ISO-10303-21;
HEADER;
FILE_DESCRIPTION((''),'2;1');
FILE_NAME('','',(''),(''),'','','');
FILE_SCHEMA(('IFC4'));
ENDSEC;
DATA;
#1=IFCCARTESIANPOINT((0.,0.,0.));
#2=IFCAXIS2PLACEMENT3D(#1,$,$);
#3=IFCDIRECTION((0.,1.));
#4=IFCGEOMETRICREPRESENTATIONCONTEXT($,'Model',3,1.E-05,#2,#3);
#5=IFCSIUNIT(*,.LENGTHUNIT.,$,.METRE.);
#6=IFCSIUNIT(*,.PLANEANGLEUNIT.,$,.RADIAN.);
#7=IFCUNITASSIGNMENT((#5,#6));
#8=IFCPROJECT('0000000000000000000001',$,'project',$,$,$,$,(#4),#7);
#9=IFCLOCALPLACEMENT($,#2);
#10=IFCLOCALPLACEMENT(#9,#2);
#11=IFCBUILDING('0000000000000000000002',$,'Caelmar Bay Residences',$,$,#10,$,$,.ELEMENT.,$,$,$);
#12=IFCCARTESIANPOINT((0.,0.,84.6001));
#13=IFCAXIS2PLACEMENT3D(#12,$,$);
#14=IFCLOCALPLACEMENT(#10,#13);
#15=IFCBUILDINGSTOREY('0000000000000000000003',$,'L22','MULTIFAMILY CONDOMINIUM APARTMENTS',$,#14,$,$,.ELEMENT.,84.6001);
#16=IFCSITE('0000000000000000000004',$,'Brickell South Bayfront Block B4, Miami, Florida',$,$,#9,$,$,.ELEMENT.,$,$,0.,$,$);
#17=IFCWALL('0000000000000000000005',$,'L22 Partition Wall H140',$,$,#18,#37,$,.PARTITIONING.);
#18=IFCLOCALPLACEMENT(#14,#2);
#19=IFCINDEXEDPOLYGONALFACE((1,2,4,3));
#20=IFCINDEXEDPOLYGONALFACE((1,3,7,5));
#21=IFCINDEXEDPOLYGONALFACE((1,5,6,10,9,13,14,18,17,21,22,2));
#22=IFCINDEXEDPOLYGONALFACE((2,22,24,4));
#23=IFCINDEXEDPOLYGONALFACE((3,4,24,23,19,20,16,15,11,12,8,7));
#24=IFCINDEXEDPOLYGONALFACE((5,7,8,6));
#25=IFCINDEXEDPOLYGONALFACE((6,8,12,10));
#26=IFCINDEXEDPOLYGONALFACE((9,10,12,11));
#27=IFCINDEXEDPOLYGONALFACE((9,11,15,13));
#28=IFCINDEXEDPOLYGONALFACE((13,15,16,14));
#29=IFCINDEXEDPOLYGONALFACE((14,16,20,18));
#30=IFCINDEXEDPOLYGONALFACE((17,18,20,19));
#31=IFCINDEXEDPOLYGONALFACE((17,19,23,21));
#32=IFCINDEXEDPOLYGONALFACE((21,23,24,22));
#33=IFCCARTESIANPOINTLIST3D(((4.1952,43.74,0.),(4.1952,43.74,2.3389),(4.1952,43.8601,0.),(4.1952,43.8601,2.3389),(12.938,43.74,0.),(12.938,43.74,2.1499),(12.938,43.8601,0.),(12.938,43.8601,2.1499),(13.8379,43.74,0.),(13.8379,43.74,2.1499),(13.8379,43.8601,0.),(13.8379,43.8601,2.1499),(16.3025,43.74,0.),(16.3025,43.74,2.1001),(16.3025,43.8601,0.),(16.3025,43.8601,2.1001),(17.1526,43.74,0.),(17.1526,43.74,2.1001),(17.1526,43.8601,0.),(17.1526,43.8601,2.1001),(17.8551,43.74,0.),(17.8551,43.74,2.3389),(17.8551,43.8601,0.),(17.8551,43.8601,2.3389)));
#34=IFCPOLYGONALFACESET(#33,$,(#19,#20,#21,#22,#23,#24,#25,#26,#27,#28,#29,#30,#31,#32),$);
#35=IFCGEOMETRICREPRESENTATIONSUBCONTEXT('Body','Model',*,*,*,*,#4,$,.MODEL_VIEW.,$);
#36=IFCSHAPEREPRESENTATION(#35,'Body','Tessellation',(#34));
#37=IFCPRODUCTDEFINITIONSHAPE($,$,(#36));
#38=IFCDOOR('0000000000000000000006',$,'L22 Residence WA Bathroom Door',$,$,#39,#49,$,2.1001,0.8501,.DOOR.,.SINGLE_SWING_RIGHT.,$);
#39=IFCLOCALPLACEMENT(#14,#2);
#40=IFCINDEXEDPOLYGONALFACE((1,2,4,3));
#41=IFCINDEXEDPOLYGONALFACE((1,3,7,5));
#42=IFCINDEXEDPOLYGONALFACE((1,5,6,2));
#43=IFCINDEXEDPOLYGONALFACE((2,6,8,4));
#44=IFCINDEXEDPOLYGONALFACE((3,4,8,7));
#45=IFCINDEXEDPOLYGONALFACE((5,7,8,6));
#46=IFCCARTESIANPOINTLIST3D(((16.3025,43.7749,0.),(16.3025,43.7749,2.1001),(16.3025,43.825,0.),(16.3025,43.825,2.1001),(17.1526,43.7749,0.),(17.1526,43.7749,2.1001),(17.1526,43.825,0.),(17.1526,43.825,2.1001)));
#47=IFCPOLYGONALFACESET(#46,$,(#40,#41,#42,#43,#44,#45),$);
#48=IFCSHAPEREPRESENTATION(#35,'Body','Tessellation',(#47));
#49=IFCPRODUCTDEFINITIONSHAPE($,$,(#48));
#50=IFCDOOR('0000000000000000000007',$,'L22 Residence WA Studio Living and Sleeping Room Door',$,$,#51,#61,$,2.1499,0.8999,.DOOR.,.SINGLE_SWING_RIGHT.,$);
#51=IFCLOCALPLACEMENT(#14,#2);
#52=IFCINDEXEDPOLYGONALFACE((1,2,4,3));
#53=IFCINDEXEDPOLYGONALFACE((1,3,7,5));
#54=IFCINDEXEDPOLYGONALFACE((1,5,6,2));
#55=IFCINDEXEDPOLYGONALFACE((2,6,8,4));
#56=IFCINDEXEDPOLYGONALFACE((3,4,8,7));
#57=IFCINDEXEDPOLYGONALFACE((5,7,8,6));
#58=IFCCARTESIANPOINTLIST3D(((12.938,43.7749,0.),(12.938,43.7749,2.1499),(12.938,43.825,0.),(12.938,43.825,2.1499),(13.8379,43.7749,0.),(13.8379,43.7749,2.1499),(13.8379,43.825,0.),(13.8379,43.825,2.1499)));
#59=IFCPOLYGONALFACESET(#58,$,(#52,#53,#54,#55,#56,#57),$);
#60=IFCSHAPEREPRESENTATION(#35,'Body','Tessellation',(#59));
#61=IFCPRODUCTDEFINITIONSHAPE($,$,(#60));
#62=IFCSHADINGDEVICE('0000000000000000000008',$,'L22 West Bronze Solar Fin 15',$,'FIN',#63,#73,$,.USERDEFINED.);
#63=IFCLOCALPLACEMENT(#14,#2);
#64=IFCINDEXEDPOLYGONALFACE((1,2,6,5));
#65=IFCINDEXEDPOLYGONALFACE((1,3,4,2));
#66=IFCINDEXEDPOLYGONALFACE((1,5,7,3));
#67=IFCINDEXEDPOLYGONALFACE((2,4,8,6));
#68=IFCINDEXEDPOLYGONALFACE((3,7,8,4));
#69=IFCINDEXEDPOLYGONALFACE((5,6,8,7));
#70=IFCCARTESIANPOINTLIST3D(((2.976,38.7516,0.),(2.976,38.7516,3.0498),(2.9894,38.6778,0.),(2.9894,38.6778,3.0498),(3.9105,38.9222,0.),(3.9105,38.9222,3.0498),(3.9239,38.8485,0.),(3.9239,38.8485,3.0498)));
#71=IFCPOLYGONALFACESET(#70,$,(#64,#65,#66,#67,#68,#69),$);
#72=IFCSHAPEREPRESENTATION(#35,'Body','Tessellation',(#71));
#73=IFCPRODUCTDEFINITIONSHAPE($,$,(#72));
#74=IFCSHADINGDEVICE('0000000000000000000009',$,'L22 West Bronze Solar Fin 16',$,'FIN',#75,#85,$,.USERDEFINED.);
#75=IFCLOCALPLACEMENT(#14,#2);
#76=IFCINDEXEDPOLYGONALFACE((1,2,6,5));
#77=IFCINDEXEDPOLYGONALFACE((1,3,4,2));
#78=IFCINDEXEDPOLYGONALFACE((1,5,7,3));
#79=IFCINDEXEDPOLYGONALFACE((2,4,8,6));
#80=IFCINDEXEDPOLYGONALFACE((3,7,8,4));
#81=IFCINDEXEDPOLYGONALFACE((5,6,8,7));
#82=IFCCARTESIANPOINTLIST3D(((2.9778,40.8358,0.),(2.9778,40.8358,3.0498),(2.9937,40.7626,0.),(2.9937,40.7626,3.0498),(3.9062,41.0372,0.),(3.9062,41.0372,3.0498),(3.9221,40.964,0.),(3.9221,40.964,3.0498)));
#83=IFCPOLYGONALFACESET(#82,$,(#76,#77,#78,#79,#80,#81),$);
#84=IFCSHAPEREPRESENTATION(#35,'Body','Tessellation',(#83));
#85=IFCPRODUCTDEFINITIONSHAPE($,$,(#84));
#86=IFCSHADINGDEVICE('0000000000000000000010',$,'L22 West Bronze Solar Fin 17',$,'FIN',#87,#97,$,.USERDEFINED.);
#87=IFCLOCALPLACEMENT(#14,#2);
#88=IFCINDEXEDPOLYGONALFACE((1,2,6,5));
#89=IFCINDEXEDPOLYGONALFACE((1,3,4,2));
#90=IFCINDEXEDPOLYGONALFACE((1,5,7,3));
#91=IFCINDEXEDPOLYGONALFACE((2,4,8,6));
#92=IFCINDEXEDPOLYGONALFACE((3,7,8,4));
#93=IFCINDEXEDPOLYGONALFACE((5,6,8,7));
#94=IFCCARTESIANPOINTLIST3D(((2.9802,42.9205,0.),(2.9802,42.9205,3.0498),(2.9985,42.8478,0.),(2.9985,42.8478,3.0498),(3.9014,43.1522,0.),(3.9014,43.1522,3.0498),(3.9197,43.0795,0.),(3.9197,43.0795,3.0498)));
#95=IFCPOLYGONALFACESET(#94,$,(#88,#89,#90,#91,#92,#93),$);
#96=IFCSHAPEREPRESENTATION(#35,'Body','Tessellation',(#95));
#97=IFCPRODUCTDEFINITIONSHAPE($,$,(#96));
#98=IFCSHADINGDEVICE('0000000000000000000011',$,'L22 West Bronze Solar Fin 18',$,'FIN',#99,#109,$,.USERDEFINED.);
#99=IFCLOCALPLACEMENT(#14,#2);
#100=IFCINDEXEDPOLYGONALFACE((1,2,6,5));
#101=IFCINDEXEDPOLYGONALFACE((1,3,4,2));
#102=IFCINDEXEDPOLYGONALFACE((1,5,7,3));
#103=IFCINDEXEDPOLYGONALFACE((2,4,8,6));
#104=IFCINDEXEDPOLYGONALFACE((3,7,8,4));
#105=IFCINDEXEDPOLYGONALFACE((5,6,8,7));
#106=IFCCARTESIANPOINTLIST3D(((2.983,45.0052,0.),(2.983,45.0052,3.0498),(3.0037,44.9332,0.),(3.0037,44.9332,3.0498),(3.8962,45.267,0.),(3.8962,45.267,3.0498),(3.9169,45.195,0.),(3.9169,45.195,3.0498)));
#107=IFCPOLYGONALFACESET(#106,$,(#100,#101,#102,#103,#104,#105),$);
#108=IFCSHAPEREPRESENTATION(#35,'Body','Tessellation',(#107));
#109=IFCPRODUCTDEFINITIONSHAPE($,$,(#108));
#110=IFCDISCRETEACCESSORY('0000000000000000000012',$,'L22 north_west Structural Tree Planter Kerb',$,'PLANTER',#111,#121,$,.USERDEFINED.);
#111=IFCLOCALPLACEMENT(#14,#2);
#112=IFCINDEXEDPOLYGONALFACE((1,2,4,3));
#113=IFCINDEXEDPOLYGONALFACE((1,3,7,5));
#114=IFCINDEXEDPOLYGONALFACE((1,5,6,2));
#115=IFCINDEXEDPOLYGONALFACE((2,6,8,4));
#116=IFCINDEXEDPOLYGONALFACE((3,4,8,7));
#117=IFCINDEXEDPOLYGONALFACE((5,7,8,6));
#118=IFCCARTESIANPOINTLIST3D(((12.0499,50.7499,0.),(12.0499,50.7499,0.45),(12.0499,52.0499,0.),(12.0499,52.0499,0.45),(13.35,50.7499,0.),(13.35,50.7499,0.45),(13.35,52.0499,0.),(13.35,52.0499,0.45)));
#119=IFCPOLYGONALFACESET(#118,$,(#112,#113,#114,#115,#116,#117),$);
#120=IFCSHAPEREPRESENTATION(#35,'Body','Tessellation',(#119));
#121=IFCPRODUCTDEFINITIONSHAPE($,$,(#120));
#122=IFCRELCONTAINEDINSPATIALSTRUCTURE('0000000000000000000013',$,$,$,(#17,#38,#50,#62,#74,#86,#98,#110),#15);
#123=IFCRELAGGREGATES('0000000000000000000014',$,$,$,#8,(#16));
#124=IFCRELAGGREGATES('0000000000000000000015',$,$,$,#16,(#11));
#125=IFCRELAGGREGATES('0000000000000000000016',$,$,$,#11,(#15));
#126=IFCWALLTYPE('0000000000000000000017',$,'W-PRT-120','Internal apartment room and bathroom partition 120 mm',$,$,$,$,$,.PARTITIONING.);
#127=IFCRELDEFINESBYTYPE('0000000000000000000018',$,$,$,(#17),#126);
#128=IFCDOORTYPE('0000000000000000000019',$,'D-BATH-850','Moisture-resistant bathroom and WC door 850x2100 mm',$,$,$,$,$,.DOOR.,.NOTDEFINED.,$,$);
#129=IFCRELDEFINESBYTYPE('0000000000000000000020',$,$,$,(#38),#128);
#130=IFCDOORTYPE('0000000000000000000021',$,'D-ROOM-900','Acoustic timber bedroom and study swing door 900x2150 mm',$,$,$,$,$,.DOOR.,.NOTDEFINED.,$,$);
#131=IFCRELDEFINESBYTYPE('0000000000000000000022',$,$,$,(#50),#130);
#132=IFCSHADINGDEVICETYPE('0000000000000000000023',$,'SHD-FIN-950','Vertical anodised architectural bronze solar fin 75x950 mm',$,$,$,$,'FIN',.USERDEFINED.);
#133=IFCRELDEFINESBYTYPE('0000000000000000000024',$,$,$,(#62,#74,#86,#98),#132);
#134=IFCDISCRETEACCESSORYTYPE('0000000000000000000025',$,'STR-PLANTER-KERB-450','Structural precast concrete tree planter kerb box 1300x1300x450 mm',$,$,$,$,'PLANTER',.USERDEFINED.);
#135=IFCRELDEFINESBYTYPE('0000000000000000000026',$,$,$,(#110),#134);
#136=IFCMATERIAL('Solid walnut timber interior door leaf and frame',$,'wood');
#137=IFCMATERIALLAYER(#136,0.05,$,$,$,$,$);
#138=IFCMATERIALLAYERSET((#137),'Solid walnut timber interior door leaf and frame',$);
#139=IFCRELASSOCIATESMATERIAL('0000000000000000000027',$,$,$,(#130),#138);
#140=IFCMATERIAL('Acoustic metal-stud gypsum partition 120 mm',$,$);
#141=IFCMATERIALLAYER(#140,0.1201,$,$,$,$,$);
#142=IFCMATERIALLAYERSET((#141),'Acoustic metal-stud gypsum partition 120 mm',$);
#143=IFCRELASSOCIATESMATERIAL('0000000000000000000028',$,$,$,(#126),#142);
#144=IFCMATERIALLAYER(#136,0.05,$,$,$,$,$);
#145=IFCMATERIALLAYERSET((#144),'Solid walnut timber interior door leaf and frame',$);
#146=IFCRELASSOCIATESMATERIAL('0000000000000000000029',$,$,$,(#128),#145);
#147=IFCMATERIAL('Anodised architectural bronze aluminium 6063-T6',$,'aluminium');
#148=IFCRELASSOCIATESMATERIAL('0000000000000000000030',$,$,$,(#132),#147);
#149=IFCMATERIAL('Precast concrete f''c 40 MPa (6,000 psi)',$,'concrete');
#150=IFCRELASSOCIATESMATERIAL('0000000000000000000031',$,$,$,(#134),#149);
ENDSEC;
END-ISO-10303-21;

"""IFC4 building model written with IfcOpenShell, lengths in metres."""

from ifc_helpers import new_model, si_unit, direction, frame, frame_2d, origin, origin_2d, place, context, subcontext, project, spatial, rectangle, extrude, material, layer, layer_set, material_profile, profile_set, type_object, element, fill, save


model = new_model("IFC4")

# Units and contexts
model_context = context("Model", 3, precision=1e-05, world=origin(), true_north=direction((0.0, 1.0)))
body_context = subcontext(model_context, "Body", "Model", "MODEL_VIEW")
ifc_project = project(units=[si_unit("LENGTHUNIT", "METRE"), si_unit("PLANEANGLEUNIT", "RADIAN")], contexts=[model_context])

# Site, building, storey
site_placement = place(None, origin())
site = spatial("IfcSite", under=ifc_project, at=site_placement, Name="Brickell South Bayfront Block B4, Miami, Florida", CompositionType="ELEMENT", RefElevation=0.0)
building_placement = place(site_placement, origin())
building = spatial("IfcBuilding", under=site, at=building_placement, Name="Caelmar Bay Residences", CompositionType="ELEMENT")
storey_placement = place(building_placement, frame((0.0, 0.0, 84.6001)))
storey = spatial("IfcBuildingStorey", under=building, at=storey_placement, Name="L22", Description="MULTIFAMILY CONDOMINIUM APARTMENTS", CompositionType="ELEMENT", Elevation=84.6001)

# Shared definitions
ifc_material_1 = material(Name="Precast concrete f'c 40 MPa (6,000 psi)", Category="concrete")

# Shared definitions
ifc_material_2 = material(Name="Solid walnut timber interior door leaf and frame", Category="wood")
ifc_layer_1 = layer(ifc_material_2, 0.05)
ifc_layer_set_1 = layer_set([ifc_layer_1], Name="Solid walnut timber interior door leaf and frame")
door_type_1 = type_object("IfcDoorType", Name="D-ROOM-900", Description="Acoustic timber bedroom and study swing door 900x2150 mm", OperationType="NOTDEFINED", PredefinedType="DOOR", material=ifc_layer_set_1)
ifc_material_3 = material(Name="Acoustic metal-stud gypsum partition 120 mm")
ifc_layer_2 = layer(ifc_material_3, 0.1201)
ifc_layer_set_2 = layer_set([ifc_layer_2], Name="Acoustic metal-stud gypsum partition 120 mm")
wall_type_1 = type_object("IfcWallType", Name="W-PRT-120", Description="Internal apartment room and bathroom partition 120 mm", PredefinedType="PARTITIONING", material=ifc_layer_set_2)

# Wall, openings, doors
wall_1_placement = place(storey_placement, frame((4.1951, 43.8, 0.0), z_axis=(0.0, 0.0, 1.0), x_axis=(1.0, 0.0, 0.0)))
wall_1 = element("IfcWall", 1, at=wall_1_placement, inside=storey, type_object=wall_type_1, Name="L22 Partition Wall H140", PredefinedType="PARTITIONING", context=body_context, shape_type="SweptSolid", body=[
    extrude(rectangle(XDim=13.6599, YDim=0.1201, at=frame_2d((6.8301, 0.0))), origin(), (0.0, 0.0, 1.0), 2.3389),
])
opening_1_placement = place(wall_1_placement, frame((8.7429, 0.0, 0.0)))
opening_1 = element("IfcOpeningElement", 2, at=opening_1_placement, cuts=wall_1, PredefinedType="OPENING", context=body_context, shape_type="SweptSolid", body=[
    extrude(rectangle(XDim=0.8999, YDim=2.1499, at=frame_2d((0.45, 1.075))), frame((0.0, 0.0701, 0.0), z_axis=(0.0, -1.0, 0.0), x_axis=(1.0, 0.0, 0.0)), (0.0, 0.0, 1.0), 0.1401),
])
opening_2_placement = place(wall_1_placement, frame((12.1074, 0.0, 0.0)))
opening_2 = element("IfcOpeningElement", 3, at=opening_2_placement, cuts=wall_1, PredefinedType="OPENING", context=body_context, shape_type="SweptSolid", body=[
    extrude(rectangle(XDim=0.8501, YDim=2.1001, at=frame_2d((0.425, 1.05))), frame((0.0, 0.0701, 0.0), z_axis=(0.0, -1.0, 0.0), x_axis=(1.0, 0.0, 0.0)), (0.0, 0.0, 1.0), 0.1401),
])
ifc_layer_3 = layer(ifc_material_2, 0.05)
ifc_layer_set_3 = layer_set([ifc_layer_3], Name="Solid walnut timber interior door leaf and frame")
door_type_2 = type_object("IfcDoorType", Name="D-BATH-850", Description="Moisture-resistant bathroom and WC door 850x2100 mm", OperationType="NOTDEFINED", PredefinedType="DOOR", material=ifc_layer_set_3)
door_1_placement = place(opening_2_placement, origin())
door_1 = element("IfcDoor", 4, at=door_1_placement, inside=storey, type_object=door_type_2, Name="L22 Residence WA Bathroom Door", OperationType="SINGLE_SWING_RIGHT", OverallHeight=2.1001, OverallWidth=0.8501, PredefinedType="DOOR", context=body_context, shape_type="SweptSolid", body=[
    extrude(rectangle(XDim=0.8501, YDim=2.1001, at=frame_2d((0.425, 1.05))), frame((0.0, 0.0249, 0.0), z_axis=(0.0, -1.0, 0.0), x_axis=(1.0, 0.0, 0.0)), (0.0, 0.0, 1.0), 0.05),
])
fill(opening_2, door_1)
door_2_placement = place(opening_1_placement, origin())
door_2 = element("IfcDoor", 5, at=door_2_placement, inside=storey, type_object=door_type_1, Name="L22 Residence WA Studio Living and Sleeping Room Door", OperationType="SINGLE_SWING_RIGHT", OverallHeight=2.1499, OverallWidth=0.8999, PredefinedType="DOOR", context=body_context, shape_type="SweptSolid", body=[
    extrude(rectangle(XDim=0.8999, YDim=2.1499, at=frame_2d((0.45, 1.075))), frame((0.0, 0.0249, 0.0), z_axis=(0.0, -1.0, 0.0), x_axis=(1.0, 0.0, 0.0)), (0.0, 0.0, 1.0), 0.05),
])
fill(opening_1, door_2)

# Shading devices
ifc_material_4 = material(Name="Anodised architectural bronze aluminium 6063-T6", Category="aluminium")
ifc_material_profile_1 = material_profile(ifc_material_4, rectangle(XDim=0.075, YDim=0.95, at=origin_2d()), Name="BRONZE-FIN-75X950")
ifc_profile_set_1 = profile_set([ifc_material_profile_1], Name="Anodised architectural bronze aluminium 6063-T6")
shading_device_type = type_object("IfcShadingDeviceType", Name="SHD-FIN-950", Description="Vertical anodised architectural bronze solar fin 75x950 mm", ElementType="FIN", PredefinedType="USERDEFINED", material=ifc_profile_set_1)
for number, where, z_axis, x_axis, name in (
    (6, (3.45, 38.8, 0.0), (0.0, 0.0, 1.0), (-0.179661, 0.983729, 0.0), "L22 West Bronze Solar Fin 15"),
    (7, (3.45, 40.8999, 0.0), (0.0, 0.0, 1.0), (-0.212007, 0.977268, 0.0), "L22 West Bronze Solar Fin 16"),
    (8, (3.45, 43.0, 0.0), (0.0, 0.0, 1.0), (-0.243954, 0.969787, 0.0), "L22 West Bronze Solar Fin 17"),
    (9, (3.45, 45.1001, 0.0), (0.0, 0.0, 1.0), (-0.275637, 0.961262, 0.0), "L22 West Bronze Solar Fin 18"),
):
    element("IfcShadingDevice", number, at=place(storey_placement, frame(where, z_axis=z_axis, x_axis=x_axis)), inside=storey, type_object=shading_device_type, Name=name, ObjectType="FIN", PredefinedType="USERDEFINED", context=body_context, shape_type="SweptSolid", body=[
        extrude(rectangle(XDim=0.075, YDim=0.95, at=origin_2d()), origin(), (0.0, 0.0, 1.0), 3.0498),
    ])

# Discrete accessory
discrete_accessory_type = type_object("IfcDiscreteAccessoryType", Name="STR-PLANTER-KERB-450", Description="Structural precast concrete tree planter kerb box 1300x1300x450 mm", ElementType="PLANTER", PredefinedType="USERDEFINED", material=ifc_material_1)
discrete_accessory_placement = place(storey_placement, frame((12.7, 51.3999, 0.0), z_axis=(0.0, 0.0, 1.0), x_axis=(1.0, 0.0, 0.0)))
element("IfcDiscreteAccessory", 10, at=discrete_accessory_placement, inside=storey, type_object=discrete_accessory_type, Name="L22 north_west Structural Tree Planter Kerb", ObjectType="PLANTER", PredefinedType="USERDEFINED", context=body_context, shape_type="SweptSolid", body=[
    extrude(rectangle(XDim=1.3, YDim=1.3, at=origin_2d()), origin(), (0.0, 0.0, 1.0), 0.45),
])

save(model, "model.ifc")
